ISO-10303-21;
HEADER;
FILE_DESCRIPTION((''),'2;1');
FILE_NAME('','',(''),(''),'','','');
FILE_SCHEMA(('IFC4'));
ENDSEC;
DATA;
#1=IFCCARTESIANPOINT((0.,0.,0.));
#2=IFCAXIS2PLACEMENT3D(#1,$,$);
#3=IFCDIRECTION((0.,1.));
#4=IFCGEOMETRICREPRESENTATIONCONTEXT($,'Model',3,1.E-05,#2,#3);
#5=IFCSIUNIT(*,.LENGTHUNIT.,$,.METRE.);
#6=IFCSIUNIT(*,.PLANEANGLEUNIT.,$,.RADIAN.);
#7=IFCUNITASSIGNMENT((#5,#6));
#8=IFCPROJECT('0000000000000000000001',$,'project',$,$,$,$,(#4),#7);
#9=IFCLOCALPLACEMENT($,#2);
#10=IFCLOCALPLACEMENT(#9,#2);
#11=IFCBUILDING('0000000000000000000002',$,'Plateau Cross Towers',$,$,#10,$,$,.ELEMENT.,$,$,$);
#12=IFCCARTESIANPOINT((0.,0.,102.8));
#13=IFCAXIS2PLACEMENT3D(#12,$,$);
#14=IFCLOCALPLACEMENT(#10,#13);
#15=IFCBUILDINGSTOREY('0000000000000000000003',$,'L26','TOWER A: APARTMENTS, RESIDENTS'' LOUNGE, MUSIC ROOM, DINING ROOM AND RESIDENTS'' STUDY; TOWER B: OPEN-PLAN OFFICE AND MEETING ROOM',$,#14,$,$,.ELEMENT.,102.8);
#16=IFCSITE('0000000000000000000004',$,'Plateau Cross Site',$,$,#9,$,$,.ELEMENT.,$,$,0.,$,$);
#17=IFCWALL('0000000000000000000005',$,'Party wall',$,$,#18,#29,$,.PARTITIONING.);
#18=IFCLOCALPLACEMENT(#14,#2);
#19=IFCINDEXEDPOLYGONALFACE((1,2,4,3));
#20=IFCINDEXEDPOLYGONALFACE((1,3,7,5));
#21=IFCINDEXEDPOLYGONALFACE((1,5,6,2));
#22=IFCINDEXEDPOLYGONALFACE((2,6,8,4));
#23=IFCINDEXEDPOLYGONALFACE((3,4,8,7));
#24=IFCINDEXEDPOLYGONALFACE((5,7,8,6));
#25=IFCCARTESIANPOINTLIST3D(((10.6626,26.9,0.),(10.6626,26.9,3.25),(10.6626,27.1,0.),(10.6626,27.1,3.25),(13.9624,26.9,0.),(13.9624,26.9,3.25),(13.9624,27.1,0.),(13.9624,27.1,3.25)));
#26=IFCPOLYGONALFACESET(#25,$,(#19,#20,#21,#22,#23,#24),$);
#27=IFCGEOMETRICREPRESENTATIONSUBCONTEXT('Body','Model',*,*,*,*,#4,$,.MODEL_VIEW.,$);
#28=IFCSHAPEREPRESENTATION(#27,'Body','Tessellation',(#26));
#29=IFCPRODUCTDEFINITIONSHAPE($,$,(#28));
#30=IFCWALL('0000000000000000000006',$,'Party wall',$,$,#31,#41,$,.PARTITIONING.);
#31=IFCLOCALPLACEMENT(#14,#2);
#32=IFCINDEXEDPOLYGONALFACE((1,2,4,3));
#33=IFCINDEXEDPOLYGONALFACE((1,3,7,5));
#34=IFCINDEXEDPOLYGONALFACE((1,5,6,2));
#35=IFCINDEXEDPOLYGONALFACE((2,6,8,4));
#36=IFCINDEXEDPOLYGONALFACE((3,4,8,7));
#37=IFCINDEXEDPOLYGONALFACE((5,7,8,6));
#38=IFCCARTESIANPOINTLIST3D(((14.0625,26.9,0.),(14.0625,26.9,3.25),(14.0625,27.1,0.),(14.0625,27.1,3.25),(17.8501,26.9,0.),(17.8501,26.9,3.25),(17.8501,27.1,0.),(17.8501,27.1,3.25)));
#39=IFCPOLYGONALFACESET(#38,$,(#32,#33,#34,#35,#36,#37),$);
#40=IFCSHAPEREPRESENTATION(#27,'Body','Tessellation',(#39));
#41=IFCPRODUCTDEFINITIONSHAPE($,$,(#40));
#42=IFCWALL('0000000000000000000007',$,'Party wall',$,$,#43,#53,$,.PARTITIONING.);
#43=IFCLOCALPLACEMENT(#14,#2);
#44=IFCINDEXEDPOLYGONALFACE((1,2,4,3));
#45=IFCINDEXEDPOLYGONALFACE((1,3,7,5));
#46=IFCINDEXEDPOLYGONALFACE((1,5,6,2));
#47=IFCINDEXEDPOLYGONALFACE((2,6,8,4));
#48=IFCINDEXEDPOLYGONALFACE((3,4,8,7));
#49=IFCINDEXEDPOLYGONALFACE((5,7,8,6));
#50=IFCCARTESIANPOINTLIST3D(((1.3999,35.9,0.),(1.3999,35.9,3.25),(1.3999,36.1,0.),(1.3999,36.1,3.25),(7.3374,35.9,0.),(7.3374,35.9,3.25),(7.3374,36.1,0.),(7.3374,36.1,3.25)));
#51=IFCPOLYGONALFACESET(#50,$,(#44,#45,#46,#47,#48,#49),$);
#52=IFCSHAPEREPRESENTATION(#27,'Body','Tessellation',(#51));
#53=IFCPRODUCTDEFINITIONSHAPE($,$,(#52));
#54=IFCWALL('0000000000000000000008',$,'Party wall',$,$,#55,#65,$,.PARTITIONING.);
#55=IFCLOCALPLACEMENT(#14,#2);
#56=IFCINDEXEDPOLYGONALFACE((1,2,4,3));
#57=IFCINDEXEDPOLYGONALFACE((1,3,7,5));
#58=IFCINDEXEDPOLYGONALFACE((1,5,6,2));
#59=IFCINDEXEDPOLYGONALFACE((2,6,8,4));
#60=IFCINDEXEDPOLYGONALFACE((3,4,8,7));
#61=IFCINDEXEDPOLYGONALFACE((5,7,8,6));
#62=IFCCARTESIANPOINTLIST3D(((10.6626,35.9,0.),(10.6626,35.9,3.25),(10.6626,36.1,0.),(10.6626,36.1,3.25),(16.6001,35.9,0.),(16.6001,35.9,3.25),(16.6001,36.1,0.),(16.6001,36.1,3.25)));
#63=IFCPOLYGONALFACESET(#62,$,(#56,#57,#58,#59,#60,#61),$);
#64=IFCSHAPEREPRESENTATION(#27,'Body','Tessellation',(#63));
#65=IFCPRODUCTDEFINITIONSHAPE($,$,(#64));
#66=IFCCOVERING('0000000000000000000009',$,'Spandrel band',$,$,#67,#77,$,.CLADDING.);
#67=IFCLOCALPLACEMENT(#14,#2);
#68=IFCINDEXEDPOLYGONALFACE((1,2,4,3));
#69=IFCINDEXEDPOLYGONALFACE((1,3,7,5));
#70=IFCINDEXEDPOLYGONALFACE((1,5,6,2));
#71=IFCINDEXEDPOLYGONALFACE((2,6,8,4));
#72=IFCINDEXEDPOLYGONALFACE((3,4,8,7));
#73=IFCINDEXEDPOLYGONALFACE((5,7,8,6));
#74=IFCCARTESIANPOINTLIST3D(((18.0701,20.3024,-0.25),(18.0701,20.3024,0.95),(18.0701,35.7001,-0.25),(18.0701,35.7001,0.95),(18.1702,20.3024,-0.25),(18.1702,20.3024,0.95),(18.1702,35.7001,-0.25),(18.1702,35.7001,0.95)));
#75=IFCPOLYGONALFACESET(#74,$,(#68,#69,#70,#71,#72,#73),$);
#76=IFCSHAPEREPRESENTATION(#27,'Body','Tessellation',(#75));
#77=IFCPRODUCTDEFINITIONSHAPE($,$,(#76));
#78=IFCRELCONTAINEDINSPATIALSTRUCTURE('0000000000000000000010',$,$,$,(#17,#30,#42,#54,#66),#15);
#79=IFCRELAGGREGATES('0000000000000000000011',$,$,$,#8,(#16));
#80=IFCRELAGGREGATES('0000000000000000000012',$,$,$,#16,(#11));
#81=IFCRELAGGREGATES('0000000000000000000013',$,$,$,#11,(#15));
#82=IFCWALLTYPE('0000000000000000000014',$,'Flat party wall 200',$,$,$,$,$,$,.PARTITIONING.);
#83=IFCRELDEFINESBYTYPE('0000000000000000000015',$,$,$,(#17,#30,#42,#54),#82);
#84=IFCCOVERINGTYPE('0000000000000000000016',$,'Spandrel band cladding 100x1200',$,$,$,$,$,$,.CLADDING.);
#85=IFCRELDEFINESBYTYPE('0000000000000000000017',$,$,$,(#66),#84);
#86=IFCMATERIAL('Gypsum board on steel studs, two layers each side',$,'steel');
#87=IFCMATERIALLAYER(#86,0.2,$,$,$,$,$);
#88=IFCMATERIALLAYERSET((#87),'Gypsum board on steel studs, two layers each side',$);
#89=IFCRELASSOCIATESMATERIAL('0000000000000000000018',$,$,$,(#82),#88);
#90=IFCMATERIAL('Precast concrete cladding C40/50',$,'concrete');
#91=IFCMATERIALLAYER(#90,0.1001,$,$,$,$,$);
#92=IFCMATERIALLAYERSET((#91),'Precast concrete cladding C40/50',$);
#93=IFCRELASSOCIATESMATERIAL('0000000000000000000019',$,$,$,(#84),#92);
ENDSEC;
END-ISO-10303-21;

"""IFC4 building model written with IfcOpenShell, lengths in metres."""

from ifc_helpers import new_model, si_unit, direction, frame, frame_2d, origin, origin_2d, place, context, subcontext, project, spatial, rectangle, extrude, material, layer, layer_set, type_object, element, save


model = new_model("IFC4")

# Units and contexts
model_context = context("Model", 3, precision=1e-05, world=origin(), true_north=direction((0.0, 1.0)))
body_context = subcontext(model_context, "Body", "Model", "MODEL_VIEW")
ifc_project = project(units=[si_unit("LENGTHUNIT", "METRE"), si_unit("PLANEANGLEUNIT", "RADIAN")], contexts=[model_context])

# Site, building, storey
site_placement = place(None, origin())
site = spatial("IfcSite", under=ifc_project, at=site_placement, Name="Plateau Cross Site", CompositionType="ELEMENT", RefElevation=0.0)
building_placement = place(site_placement, origin())
building = spatial("IfcBuilding", under=site, at=building_placement, Name="Plateau Cross Towers", CompositionType="ELEMENT")
storey_placement = place(building_placement, frame((0.0, 0.0, 102.8)))
storey = spatial("IfcBuildingStorey", under=building, at=storey_placement, Name="L26", Description="TOWER A: APARTMENTS, RESIDENTS' LOUNGE, MUSIC ROOM, DINING ROOM AND RESIDENTS' STUDY; TOWER B: OPEN-PLAN OFFICE AND MEETING ROOM", CompositionType="ELEMENT", Elevation=102.8)

# Walls
ifc_material_1 = material(Name="Gypsum board on steel studs, two layers each side", Category="steel")
ifc_layer_1 = layer(ifc_material_1, 0.2)
ifc_layer_set_1 = layer_set([ifc_layer_1], Name="Gypsum board on steel studs, two layers each side")
wall_type_1 = type_object("IfcWallType", Name="Flat party wall 200", PredefinedType="PARTITIONING", material=ifc_layer_set_1)
wall_1_placement = place(storey_placement, frame((13.9624, 27.0, 0.0), z_axis=(0.0, 0.0, 1.0), x_axis=(-1.0, 0.0, 0.0)))
element("IfcWall", 1, at=wall_1_placement, inside=storey, type_object=wall_type_1, Name="Party wall", PredefinedType="PARTITIONING", context=body_context, shape_type="SweptSolid", body=[
    extrude(rectangle(XDim=3.2998, YDim=0.2, at=frame_2d((1.6499, 0.0))), origin(), (0.0, 0.0, 1.0), 3.25),
])
wall_2_placement = place(storey_placement, frame((14.0625, 27.0, 0.0), z_axis=(0.0, 0.0, 1.0), x_axis=(1.0, 0.0, 0.0)))
element("IfcWall", 2, at=wall_2_placement, inside=storey, type_object=wall_type_1, Name="Party wall", PredefinedType="PARTITIONING", context=body_context, shape_type="SweptSolid", body=[
    extrude(rectangle(XDim=3.7876, YDim=0.2, at=frame_2d((1.8938, 0.0))), origin(), (0.0, 0.0, 1.0), 3.25),
])
for number, where, z_axis, x_axis, name in (
    (3, (7.3374, 36.0, 0.0), (0.0, 0.0, 1.0), (-1.0, 0.0, 0.0), "Party wall"),
    (4, (16.6001, 36.0, 0.0), (0.0, 0.0, 1.0), (-1.0, 0.0, 0.0), "Party wall"),
):
    element("IfcWall", number, at=place(storey_placement, frame(where, z_axis=z_axis, x_axis=x_axis)), inside=storey, type_object=wall_type_1, Name=name, PredefinedType="PARTITIONING", context=body_context, shape_type="SweptSolid", body=[
        extrude(rectangle(XDim=5.9375, YDim=0.2, at=frame_2d((2.9688, 0.0))), origin(), (0.0, 0.0, 1.0), 3.25),
    ])

# Covering
ifc_material_2 = material(Name="Precast concrete cladding C40/50", Category="concrete")
ifc_layer_2 = layer(ifc_material_2, 0.1001)
ifc_layer_set_2 = layer_set([ifc_layer_2], Name="Precast concrete cladding C40/50")
covering_type = type_object("IfcCoveringType", Name="Spandrel band cladding 100x1200", PredefinedType="CLADDING", material=ifc_layer_set_2)
covering_placement = place(storey_placement, frame((18.1201, 28.0012, -0.25), z_axis=(0.0, 0.0, 1.0), x_axis=(0.0, 1.0, 0.0)))
element("IfcCovering", 5, at=covering_placement, inside=storey, type_object=covering_type, Name="Spandrel band", PredefinedType="CLADDING", context=body_context, shape_type="SweptSolid", body=[
    extrude(rectangle(XDim=15.3977, YDim=0.1001, at=origin_2d()), origin(), (0.0, 0.0, 1.0), 1.2),
])

save(model, "model.ifc")
